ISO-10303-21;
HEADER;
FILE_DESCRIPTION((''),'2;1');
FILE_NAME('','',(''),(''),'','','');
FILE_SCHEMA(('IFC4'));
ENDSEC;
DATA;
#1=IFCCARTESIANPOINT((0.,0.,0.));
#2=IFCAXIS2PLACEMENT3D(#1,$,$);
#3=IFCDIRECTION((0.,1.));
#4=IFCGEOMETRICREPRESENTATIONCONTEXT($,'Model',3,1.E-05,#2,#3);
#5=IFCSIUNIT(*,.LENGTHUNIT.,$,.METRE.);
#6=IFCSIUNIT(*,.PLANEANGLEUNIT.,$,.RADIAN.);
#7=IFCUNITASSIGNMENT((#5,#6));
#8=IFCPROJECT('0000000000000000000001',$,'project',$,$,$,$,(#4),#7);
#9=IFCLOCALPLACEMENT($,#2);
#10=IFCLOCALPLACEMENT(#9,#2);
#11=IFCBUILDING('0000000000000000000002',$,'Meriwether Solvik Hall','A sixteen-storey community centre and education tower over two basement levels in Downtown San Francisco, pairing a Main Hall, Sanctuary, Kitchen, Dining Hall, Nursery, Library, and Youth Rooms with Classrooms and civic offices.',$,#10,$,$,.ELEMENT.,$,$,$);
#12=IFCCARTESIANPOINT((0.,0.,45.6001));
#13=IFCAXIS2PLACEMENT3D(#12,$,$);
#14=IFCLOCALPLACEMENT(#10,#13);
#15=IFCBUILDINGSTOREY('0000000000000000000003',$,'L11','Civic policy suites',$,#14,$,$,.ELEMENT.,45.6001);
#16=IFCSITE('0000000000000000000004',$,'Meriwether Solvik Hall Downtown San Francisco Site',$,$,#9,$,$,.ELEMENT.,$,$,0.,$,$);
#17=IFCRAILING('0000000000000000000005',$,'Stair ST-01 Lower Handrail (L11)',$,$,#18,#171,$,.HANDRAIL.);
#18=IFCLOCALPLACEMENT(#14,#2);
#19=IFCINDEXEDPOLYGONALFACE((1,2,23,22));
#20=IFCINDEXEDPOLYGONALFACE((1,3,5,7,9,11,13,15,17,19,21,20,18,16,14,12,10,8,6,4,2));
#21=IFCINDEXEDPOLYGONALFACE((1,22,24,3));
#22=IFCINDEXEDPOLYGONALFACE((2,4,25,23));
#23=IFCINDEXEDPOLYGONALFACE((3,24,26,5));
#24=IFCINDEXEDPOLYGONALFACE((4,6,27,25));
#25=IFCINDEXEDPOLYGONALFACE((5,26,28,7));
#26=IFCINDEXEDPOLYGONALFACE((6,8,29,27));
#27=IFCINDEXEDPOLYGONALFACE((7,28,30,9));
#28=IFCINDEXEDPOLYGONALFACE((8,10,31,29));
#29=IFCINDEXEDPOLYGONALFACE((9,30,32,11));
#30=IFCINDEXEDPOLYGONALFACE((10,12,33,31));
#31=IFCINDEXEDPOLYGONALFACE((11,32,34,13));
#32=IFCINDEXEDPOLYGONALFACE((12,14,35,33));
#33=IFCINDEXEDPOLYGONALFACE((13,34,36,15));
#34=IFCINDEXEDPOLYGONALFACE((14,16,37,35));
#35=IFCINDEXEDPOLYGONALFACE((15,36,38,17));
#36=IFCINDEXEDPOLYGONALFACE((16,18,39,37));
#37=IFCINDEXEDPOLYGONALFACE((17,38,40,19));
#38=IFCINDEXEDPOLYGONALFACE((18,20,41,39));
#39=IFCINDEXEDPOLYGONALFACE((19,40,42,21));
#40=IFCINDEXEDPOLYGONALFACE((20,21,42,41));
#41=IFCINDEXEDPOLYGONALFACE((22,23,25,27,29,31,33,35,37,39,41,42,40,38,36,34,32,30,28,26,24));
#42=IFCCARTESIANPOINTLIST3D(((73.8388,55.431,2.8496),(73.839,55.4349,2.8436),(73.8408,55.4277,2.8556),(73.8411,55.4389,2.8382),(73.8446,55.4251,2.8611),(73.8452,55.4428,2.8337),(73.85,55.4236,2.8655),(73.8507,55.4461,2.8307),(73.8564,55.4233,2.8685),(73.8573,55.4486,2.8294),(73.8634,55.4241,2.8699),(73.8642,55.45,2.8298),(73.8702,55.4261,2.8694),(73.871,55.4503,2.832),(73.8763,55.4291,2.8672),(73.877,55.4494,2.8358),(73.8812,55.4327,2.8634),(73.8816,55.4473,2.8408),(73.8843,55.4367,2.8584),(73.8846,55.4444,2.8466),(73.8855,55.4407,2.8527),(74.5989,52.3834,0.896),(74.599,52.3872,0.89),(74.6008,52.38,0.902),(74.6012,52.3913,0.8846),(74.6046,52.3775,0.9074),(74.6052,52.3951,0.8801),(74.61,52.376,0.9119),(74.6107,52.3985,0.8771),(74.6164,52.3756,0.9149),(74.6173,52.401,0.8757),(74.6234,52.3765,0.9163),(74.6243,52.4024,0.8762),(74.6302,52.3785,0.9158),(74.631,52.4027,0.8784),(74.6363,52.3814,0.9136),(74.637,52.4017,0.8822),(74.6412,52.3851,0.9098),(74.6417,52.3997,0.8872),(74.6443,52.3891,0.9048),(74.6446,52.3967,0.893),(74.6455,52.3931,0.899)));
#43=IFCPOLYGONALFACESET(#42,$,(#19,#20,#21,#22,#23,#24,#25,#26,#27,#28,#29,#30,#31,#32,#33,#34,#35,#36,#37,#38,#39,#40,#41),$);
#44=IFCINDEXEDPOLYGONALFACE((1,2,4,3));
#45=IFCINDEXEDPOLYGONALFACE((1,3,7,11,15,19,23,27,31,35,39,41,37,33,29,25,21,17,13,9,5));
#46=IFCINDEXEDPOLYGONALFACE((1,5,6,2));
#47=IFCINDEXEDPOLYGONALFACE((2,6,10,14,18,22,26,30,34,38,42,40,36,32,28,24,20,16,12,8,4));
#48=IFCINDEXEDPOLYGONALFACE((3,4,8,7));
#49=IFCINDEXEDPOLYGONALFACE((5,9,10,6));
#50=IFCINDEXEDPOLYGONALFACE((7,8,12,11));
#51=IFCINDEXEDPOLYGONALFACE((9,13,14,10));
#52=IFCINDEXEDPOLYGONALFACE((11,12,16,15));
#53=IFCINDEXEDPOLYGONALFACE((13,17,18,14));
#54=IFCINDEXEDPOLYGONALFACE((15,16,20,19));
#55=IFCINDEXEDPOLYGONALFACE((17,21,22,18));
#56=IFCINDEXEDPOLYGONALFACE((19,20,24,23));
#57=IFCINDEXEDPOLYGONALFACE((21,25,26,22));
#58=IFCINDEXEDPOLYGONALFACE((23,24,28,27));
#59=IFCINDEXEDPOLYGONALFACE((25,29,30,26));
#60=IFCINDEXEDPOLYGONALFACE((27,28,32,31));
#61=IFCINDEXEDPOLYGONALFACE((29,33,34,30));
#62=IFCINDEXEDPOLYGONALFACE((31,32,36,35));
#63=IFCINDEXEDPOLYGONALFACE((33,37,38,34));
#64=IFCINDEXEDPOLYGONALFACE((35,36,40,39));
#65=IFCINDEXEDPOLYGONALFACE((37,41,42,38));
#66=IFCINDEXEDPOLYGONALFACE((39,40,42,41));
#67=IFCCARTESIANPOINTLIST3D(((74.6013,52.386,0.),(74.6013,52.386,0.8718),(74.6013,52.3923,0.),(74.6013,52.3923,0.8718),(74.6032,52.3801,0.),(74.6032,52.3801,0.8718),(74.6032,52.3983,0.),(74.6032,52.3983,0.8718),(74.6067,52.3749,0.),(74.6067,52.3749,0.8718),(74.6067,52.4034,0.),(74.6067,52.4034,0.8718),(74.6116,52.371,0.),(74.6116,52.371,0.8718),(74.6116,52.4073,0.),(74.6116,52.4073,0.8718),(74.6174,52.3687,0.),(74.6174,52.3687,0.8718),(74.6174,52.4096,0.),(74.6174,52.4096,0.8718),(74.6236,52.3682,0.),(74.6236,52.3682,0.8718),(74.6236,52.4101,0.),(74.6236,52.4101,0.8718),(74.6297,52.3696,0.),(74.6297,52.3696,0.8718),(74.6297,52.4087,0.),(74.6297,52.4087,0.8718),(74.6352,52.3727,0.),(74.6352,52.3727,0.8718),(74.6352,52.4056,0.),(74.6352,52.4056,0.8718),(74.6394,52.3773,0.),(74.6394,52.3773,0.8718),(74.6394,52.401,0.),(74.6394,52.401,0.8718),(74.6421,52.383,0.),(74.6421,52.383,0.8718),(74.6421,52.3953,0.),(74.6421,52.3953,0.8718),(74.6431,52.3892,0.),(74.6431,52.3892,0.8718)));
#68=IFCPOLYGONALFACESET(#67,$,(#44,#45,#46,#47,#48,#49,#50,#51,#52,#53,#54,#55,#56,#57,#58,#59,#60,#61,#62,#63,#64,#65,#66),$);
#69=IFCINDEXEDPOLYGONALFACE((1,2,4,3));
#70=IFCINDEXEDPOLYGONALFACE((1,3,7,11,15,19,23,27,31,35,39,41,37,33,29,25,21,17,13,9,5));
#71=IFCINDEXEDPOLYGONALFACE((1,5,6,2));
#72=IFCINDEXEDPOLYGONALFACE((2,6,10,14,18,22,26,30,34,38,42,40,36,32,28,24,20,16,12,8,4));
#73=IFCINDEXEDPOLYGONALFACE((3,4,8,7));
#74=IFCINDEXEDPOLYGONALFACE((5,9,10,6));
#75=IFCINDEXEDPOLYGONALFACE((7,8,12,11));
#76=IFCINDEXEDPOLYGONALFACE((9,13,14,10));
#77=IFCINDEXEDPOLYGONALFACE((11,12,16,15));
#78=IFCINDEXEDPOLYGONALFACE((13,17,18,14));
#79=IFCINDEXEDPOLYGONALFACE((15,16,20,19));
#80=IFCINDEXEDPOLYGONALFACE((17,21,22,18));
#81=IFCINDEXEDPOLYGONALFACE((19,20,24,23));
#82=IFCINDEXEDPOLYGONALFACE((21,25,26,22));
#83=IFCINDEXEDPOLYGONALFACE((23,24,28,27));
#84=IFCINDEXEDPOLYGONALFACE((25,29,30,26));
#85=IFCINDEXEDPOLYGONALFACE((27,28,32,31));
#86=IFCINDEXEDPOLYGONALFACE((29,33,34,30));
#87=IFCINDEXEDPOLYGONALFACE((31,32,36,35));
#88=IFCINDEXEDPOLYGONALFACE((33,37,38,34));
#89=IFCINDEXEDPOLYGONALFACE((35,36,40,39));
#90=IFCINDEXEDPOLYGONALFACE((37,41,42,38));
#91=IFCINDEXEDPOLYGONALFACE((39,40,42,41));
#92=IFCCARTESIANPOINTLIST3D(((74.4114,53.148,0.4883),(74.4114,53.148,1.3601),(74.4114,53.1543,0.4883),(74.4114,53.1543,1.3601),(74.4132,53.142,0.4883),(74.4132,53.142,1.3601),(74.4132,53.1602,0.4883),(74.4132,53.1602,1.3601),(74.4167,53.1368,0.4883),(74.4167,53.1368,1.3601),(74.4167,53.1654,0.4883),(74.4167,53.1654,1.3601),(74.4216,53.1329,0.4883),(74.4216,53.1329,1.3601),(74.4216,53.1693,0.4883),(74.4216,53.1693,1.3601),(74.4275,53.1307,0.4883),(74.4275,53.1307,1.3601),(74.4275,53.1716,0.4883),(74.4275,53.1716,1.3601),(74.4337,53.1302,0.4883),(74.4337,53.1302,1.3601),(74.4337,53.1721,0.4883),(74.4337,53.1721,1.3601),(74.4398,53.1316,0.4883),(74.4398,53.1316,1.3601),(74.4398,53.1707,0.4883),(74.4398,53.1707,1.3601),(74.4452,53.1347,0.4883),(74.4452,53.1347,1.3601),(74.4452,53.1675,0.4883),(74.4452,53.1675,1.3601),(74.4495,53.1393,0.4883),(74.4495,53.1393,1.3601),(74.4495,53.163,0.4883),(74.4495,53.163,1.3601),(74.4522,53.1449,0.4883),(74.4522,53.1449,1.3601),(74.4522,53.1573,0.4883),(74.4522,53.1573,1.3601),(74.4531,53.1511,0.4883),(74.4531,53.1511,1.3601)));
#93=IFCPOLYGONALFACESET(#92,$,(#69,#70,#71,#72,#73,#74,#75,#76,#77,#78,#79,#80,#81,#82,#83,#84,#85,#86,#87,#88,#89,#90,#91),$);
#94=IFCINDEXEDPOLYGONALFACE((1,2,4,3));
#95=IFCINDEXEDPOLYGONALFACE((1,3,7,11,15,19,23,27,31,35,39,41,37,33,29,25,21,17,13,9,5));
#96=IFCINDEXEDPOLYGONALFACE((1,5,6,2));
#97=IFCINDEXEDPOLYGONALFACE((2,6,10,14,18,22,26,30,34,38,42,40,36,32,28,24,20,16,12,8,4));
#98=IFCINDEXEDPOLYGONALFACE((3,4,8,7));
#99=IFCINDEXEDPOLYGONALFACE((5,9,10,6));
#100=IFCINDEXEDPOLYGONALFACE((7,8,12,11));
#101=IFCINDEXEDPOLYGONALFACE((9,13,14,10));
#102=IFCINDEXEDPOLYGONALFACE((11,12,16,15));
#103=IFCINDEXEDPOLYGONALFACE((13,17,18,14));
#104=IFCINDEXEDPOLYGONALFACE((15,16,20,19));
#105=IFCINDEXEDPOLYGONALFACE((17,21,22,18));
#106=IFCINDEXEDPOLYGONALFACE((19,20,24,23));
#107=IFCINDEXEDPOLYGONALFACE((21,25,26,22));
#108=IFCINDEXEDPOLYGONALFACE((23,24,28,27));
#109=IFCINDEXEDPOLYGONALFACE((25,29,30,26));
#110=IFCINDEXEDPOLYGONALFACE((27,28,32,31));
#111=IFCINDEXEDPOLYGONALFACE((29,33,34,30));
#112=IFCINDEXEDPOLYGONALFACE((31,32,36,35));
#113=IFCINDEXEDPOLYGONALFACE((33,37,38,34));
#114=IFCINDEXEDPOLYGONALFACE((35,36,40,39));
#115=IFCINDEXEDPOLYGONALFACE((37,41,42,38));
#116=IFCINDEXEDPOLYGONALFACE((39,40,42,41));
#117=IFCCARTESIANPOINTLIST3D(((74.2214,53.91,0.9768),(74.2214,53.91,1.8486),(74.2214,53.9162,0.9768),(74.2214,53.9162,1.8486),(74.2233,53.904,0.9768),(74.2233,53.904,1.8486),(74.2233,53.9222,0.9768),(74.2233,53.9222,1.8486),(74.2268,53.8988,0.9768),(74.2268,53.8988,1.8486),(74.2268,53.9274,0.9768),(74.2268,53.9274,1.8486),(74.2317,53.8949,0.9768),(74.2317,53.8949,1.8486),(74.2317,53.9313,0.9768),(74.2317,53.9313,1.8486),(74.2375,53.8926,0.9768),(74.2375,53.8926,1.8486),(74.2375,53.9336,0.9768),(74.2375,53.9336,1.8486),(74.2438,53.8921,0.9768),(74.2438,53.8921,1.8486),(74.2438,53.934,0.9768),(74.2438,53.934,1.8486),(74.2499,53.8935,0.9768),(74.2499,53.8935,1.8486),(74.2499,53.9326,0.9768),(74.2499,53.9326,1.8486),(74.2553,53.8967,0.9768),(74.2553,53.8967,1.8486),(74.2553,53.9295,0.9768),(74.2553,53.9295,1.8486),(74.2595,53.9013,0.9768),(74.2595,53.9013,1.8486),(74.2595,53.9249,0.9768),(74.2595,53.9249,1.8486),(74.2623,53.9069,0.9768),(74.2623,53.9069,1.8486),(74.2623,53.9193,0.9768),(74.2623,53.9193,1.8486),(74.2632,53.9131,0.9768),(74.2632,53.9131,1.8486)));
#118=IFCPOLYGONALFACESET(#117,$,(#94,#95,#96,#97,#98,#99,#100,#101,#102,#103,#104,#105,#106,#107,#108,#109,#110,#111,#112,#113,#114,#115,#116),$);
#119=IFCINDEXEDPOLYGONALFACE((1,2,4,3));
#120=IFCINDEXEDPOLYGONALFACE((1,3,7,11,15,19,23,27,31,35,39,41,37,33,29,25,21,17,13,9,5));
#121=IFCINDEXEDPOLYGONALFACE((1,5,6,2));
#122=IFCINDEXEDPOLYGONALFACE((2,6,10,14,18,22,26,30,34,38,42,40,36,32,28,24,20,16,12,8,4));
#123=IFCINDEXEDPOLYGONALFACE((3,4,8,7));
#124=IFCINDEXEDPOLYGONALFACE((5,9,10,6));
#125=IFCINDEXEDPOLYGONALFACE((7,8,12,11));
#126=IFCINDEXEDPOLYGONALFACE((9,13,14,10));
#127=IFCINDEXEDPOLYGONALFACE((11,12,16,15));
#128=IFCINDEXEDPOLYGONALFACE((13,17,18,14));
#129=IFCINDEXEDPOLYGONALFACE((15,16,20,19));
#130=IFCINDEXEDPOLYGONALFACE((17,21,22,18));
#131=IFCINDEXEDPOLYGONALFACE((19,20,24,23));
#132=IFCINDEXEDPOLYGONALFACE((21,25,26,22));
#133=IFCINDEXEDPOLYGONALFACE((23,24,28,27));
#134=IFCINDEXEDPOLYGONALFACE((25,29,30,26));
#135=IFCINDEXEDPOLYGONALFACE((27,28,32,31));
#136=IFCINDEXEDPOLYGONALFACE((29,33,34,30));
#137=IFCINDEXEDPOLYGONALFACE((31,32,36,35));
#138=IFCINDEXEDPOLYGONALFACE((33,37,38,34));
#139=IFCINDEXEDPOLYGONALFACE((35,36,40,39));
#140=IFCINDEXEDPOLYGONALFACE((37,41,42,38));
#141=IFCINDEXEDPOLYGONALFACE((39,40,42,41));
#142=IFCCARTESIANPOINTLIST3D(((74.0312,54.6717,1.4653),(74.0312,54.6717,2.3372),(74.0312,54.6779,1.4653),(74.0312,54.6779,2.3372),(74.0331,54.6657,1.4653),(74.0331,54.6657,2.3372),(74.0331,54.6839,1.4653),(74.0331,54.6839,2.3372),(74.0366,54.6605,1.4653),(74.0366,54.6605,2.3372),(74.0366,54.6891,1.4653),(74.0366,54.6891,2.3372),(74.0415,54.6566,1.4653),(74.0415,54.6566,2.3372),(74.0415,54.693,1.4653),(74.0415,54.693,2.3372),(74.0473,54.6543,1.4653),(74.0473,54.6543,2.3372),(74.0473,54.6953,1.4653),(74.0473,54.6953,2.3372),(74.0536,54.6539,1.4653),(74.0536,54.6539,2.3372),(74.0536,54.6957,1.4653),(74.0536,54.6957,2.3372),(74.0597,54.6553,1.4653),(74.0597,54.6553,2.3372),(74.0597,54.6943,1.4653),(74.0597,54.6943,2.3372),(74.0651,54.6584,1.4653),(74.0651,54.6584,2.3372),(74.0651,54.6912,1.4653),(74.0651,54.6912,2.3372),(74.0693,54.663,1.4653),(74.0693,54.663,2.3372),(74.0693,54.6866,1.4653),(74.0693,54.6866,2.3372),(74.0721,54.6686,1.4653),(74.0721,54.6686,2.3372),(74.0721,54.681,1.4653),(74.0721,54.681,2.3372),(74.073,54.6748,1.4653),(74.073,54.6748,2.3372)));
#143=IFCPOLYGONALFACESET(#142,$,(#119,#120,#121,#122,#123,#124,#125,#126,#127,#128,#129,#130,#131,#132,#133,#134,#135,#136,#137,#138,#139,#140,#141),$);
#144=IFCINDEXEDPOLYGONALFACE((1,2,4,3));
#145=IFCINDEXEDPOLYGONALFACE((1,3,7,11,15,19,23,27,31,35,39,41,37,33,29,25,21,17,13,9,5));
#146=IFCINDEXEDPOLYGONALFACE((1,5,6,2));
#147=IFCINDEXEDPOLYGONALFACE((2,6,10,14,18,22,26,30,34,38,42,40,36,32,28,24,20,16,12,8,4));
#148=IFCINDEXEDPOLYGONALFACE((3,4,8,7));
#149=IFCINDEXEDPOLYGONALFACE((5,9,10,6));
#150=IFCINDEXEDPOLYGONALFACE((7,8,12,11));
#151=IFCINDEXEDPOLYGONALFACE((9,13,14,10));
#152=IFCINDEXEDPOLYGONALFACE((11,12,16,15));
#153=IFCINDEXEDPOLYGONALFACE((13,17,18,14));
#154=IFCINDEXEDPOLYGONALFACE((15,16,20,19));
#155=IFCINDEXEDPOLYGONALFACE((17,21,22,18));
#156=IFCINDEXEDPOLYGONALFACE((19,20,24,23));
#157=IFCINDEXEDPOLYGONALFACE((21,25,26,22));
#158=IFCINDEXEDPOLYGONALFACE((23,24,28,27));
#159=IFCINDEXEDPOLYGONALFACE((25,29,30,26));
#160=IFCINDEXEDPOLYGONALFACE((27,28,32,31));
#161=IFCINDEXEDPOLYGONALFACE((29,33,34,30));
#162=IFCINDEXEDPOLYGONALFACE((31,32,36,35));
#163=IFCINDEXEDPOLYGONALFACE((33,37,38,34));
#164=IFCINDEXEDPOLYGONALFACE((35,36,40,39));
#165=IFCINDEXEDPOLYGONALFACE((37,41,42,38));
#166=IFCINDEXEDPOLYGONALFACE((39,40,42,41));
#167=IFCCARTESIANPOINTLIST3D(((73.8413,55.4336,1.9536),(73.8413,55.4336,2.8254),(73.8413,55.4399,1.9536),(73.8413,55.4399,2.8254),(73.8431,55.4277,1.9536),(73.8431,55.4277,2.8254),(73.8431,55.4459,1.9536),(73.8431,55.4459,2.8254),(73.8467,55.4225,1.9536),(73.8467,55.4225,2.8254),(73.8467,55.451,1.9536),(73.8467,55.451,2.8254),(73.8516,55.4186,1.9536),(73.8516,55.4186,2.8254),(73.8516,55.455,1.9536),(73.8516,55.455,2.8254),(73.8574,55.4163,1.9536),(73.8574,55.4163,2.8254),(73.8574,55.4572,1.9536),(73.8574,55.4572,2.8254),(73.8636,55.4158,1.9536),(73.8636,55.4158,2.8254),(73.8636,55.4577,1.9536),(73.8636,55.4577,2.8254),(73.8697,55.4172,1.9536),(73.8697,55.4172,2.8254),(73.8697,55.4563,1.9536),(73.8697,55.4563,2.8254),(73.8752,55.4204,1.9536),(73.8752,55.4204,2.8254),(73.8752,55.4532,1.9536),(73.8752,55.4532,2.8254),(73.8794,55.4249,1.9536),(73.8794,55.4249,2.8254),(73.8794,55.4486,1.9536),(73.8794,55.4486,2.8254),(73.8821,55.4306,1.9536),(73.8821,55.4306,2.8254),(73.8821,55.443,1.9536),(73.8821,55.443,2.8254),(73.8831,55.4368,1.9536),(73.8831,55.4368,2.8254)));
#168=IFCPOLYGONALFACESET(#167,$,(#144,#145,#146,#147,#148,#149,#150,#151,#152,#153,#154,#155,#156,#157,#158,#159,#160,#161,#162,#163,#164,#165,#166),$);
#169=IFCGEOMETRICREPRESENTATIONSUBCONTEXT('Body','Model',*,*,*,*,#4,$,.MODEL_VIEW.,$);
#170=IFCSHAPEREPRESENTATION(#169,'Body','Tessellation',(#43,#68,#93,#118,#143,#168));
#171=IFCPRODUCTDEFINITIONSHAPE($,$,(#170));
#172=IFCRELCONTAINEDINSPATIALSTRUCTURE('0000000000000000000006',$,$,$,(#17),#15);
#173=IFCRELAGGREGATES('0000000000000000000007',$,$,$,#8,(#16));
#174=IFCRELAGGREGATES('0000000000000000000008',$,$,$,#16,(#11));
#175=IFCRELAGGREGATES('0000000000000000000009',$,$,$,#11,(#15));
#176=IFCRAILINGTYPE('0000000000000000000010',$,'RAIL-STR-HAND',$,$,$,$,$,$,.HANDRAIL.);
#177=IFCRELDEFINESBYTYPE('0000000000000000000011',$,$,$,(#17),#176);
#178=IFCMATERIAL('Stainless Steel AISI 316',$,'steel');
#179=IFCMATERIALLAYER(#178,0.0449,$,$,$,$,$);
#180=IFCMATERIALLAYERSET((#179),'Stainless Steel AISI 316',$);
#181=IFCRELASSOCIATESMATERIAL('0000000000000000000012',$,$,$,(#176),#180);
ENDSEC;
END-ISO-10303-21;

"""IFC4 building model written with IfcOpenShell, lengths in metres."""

from ifc_helpers import new_model, si_unit, direction, frame, origin, origin_2d, place, context, subcontext, project, spatial, circle, extrude, material, layer, layer_set, type_object, element, save


model = new_model("IFC4")

# Units and contexts
model_context = context("Model", 3, precision=1e-05, world=origin(), true_north=direction((0.0, 1.0)))
body_context = subcontext(model_context, "Body", "Model", "MODEL_VIEW")
ifc_project = project(units=[si_unit("LENGTHUNIT", "METRE"), si_unit("PLANEANGLEUNIT", "RADIAN")], contexts=[model_context])

# Site, building, storey
site_placement = place(None, origin())
site = spatial("IfcSite", under=ifc_project, at=site_placement, Name="Meriwether Solvik Hall Downtown San Francisco Site", CompositionType="ELEMENT", RefElevation=0.0)
building_placement = place(site_placement, origin())
building = spatial("IfcBuilding", under=site, at=building_placement, Name="Meriwether Solvik Hall", Description="A sixteen-storey community centre and education tower over two basement levels in Downtown San Francisco, pairing a Main Hall, Sanctuary, Kitchen, Dining Hall, Nursery, Library, and Youth Rooms with Classrooms and civic offices.", CompositionType="ELEMENT")
storey_placement = place(building_placement, frame((0.0, 0.0, 45.6001)))
storey = spatial("IfcBuildingStorey", under=building, at=storey_placement, Name="L11", Description="Civic policy suites", CompositionType="ELEMENT", Elevation=45.6001)

# Railing
ifc_material_1 = material(Name="Stainless Steel AISI 316", Category="steel")
ifc_layer_1 = layer(ifc_material_1, 0.0449)
ifc_layer_set_1 = layer_set([ifc_layer_1], Name="Stainless Steel AISI 316")
railing_type_1 = type_object("IfcRailingType", Name="RAIL-STR-HAND", PredefinedType="HANDRAIL", material=ifc_layer_set_1)
railing_1_placement = place(storey_placement, frame((74.6221, 52.3892, 0.0)))
element("IfcRailing", 1, at=railing_1_placement, inside=storey, type_object=railing_type_1, Name="Stair ST-01 Lower Handrail (L11)", PredefinedType="HANDRAIL", context=body_context, shape_type="SweptSolid", body=[
    extrude(circle(Radius=0.0239, at=origin_2d()), frame((0.0, 0.0, 0.896), z_axis=(-0.205467, 0.823915, 0.528155), x_axis=(-0.970284, -0.241969, 0.0)), (0.0, 0.0, 1.0), 3.699),
    extrude(circle(Radius=0.021, at=origin_2d()), origin(), (0.0, 0.0, 1.0), 0.8718),
    extrude(circle(Radius=0.021, at=origin_2d()), frame((-0.1899, 0.762, 0.4883)), (0.0, 0.0, 1.0), 0.8718),
    extrude(circle(Radius=0.021, at=origin_2d()), frame((-0.3799, 1.5239, 0.9768)), (0.0, 0.0, 1.0), 0.8718),
    extrude(circle(Radius=0.021, at=origin_2d()), frame((-0.5701, 2.2856, 1.4653)), (0.0, 0.0, 1.0), 0.8718),
    extrude(circle(Radius=0.021, at=origin_2d()), frame((-0.76, 3.0476, 1.9536)), (0.0, 0.0, 1.0), 0.8718),
])

save(model, "model.ifc")
